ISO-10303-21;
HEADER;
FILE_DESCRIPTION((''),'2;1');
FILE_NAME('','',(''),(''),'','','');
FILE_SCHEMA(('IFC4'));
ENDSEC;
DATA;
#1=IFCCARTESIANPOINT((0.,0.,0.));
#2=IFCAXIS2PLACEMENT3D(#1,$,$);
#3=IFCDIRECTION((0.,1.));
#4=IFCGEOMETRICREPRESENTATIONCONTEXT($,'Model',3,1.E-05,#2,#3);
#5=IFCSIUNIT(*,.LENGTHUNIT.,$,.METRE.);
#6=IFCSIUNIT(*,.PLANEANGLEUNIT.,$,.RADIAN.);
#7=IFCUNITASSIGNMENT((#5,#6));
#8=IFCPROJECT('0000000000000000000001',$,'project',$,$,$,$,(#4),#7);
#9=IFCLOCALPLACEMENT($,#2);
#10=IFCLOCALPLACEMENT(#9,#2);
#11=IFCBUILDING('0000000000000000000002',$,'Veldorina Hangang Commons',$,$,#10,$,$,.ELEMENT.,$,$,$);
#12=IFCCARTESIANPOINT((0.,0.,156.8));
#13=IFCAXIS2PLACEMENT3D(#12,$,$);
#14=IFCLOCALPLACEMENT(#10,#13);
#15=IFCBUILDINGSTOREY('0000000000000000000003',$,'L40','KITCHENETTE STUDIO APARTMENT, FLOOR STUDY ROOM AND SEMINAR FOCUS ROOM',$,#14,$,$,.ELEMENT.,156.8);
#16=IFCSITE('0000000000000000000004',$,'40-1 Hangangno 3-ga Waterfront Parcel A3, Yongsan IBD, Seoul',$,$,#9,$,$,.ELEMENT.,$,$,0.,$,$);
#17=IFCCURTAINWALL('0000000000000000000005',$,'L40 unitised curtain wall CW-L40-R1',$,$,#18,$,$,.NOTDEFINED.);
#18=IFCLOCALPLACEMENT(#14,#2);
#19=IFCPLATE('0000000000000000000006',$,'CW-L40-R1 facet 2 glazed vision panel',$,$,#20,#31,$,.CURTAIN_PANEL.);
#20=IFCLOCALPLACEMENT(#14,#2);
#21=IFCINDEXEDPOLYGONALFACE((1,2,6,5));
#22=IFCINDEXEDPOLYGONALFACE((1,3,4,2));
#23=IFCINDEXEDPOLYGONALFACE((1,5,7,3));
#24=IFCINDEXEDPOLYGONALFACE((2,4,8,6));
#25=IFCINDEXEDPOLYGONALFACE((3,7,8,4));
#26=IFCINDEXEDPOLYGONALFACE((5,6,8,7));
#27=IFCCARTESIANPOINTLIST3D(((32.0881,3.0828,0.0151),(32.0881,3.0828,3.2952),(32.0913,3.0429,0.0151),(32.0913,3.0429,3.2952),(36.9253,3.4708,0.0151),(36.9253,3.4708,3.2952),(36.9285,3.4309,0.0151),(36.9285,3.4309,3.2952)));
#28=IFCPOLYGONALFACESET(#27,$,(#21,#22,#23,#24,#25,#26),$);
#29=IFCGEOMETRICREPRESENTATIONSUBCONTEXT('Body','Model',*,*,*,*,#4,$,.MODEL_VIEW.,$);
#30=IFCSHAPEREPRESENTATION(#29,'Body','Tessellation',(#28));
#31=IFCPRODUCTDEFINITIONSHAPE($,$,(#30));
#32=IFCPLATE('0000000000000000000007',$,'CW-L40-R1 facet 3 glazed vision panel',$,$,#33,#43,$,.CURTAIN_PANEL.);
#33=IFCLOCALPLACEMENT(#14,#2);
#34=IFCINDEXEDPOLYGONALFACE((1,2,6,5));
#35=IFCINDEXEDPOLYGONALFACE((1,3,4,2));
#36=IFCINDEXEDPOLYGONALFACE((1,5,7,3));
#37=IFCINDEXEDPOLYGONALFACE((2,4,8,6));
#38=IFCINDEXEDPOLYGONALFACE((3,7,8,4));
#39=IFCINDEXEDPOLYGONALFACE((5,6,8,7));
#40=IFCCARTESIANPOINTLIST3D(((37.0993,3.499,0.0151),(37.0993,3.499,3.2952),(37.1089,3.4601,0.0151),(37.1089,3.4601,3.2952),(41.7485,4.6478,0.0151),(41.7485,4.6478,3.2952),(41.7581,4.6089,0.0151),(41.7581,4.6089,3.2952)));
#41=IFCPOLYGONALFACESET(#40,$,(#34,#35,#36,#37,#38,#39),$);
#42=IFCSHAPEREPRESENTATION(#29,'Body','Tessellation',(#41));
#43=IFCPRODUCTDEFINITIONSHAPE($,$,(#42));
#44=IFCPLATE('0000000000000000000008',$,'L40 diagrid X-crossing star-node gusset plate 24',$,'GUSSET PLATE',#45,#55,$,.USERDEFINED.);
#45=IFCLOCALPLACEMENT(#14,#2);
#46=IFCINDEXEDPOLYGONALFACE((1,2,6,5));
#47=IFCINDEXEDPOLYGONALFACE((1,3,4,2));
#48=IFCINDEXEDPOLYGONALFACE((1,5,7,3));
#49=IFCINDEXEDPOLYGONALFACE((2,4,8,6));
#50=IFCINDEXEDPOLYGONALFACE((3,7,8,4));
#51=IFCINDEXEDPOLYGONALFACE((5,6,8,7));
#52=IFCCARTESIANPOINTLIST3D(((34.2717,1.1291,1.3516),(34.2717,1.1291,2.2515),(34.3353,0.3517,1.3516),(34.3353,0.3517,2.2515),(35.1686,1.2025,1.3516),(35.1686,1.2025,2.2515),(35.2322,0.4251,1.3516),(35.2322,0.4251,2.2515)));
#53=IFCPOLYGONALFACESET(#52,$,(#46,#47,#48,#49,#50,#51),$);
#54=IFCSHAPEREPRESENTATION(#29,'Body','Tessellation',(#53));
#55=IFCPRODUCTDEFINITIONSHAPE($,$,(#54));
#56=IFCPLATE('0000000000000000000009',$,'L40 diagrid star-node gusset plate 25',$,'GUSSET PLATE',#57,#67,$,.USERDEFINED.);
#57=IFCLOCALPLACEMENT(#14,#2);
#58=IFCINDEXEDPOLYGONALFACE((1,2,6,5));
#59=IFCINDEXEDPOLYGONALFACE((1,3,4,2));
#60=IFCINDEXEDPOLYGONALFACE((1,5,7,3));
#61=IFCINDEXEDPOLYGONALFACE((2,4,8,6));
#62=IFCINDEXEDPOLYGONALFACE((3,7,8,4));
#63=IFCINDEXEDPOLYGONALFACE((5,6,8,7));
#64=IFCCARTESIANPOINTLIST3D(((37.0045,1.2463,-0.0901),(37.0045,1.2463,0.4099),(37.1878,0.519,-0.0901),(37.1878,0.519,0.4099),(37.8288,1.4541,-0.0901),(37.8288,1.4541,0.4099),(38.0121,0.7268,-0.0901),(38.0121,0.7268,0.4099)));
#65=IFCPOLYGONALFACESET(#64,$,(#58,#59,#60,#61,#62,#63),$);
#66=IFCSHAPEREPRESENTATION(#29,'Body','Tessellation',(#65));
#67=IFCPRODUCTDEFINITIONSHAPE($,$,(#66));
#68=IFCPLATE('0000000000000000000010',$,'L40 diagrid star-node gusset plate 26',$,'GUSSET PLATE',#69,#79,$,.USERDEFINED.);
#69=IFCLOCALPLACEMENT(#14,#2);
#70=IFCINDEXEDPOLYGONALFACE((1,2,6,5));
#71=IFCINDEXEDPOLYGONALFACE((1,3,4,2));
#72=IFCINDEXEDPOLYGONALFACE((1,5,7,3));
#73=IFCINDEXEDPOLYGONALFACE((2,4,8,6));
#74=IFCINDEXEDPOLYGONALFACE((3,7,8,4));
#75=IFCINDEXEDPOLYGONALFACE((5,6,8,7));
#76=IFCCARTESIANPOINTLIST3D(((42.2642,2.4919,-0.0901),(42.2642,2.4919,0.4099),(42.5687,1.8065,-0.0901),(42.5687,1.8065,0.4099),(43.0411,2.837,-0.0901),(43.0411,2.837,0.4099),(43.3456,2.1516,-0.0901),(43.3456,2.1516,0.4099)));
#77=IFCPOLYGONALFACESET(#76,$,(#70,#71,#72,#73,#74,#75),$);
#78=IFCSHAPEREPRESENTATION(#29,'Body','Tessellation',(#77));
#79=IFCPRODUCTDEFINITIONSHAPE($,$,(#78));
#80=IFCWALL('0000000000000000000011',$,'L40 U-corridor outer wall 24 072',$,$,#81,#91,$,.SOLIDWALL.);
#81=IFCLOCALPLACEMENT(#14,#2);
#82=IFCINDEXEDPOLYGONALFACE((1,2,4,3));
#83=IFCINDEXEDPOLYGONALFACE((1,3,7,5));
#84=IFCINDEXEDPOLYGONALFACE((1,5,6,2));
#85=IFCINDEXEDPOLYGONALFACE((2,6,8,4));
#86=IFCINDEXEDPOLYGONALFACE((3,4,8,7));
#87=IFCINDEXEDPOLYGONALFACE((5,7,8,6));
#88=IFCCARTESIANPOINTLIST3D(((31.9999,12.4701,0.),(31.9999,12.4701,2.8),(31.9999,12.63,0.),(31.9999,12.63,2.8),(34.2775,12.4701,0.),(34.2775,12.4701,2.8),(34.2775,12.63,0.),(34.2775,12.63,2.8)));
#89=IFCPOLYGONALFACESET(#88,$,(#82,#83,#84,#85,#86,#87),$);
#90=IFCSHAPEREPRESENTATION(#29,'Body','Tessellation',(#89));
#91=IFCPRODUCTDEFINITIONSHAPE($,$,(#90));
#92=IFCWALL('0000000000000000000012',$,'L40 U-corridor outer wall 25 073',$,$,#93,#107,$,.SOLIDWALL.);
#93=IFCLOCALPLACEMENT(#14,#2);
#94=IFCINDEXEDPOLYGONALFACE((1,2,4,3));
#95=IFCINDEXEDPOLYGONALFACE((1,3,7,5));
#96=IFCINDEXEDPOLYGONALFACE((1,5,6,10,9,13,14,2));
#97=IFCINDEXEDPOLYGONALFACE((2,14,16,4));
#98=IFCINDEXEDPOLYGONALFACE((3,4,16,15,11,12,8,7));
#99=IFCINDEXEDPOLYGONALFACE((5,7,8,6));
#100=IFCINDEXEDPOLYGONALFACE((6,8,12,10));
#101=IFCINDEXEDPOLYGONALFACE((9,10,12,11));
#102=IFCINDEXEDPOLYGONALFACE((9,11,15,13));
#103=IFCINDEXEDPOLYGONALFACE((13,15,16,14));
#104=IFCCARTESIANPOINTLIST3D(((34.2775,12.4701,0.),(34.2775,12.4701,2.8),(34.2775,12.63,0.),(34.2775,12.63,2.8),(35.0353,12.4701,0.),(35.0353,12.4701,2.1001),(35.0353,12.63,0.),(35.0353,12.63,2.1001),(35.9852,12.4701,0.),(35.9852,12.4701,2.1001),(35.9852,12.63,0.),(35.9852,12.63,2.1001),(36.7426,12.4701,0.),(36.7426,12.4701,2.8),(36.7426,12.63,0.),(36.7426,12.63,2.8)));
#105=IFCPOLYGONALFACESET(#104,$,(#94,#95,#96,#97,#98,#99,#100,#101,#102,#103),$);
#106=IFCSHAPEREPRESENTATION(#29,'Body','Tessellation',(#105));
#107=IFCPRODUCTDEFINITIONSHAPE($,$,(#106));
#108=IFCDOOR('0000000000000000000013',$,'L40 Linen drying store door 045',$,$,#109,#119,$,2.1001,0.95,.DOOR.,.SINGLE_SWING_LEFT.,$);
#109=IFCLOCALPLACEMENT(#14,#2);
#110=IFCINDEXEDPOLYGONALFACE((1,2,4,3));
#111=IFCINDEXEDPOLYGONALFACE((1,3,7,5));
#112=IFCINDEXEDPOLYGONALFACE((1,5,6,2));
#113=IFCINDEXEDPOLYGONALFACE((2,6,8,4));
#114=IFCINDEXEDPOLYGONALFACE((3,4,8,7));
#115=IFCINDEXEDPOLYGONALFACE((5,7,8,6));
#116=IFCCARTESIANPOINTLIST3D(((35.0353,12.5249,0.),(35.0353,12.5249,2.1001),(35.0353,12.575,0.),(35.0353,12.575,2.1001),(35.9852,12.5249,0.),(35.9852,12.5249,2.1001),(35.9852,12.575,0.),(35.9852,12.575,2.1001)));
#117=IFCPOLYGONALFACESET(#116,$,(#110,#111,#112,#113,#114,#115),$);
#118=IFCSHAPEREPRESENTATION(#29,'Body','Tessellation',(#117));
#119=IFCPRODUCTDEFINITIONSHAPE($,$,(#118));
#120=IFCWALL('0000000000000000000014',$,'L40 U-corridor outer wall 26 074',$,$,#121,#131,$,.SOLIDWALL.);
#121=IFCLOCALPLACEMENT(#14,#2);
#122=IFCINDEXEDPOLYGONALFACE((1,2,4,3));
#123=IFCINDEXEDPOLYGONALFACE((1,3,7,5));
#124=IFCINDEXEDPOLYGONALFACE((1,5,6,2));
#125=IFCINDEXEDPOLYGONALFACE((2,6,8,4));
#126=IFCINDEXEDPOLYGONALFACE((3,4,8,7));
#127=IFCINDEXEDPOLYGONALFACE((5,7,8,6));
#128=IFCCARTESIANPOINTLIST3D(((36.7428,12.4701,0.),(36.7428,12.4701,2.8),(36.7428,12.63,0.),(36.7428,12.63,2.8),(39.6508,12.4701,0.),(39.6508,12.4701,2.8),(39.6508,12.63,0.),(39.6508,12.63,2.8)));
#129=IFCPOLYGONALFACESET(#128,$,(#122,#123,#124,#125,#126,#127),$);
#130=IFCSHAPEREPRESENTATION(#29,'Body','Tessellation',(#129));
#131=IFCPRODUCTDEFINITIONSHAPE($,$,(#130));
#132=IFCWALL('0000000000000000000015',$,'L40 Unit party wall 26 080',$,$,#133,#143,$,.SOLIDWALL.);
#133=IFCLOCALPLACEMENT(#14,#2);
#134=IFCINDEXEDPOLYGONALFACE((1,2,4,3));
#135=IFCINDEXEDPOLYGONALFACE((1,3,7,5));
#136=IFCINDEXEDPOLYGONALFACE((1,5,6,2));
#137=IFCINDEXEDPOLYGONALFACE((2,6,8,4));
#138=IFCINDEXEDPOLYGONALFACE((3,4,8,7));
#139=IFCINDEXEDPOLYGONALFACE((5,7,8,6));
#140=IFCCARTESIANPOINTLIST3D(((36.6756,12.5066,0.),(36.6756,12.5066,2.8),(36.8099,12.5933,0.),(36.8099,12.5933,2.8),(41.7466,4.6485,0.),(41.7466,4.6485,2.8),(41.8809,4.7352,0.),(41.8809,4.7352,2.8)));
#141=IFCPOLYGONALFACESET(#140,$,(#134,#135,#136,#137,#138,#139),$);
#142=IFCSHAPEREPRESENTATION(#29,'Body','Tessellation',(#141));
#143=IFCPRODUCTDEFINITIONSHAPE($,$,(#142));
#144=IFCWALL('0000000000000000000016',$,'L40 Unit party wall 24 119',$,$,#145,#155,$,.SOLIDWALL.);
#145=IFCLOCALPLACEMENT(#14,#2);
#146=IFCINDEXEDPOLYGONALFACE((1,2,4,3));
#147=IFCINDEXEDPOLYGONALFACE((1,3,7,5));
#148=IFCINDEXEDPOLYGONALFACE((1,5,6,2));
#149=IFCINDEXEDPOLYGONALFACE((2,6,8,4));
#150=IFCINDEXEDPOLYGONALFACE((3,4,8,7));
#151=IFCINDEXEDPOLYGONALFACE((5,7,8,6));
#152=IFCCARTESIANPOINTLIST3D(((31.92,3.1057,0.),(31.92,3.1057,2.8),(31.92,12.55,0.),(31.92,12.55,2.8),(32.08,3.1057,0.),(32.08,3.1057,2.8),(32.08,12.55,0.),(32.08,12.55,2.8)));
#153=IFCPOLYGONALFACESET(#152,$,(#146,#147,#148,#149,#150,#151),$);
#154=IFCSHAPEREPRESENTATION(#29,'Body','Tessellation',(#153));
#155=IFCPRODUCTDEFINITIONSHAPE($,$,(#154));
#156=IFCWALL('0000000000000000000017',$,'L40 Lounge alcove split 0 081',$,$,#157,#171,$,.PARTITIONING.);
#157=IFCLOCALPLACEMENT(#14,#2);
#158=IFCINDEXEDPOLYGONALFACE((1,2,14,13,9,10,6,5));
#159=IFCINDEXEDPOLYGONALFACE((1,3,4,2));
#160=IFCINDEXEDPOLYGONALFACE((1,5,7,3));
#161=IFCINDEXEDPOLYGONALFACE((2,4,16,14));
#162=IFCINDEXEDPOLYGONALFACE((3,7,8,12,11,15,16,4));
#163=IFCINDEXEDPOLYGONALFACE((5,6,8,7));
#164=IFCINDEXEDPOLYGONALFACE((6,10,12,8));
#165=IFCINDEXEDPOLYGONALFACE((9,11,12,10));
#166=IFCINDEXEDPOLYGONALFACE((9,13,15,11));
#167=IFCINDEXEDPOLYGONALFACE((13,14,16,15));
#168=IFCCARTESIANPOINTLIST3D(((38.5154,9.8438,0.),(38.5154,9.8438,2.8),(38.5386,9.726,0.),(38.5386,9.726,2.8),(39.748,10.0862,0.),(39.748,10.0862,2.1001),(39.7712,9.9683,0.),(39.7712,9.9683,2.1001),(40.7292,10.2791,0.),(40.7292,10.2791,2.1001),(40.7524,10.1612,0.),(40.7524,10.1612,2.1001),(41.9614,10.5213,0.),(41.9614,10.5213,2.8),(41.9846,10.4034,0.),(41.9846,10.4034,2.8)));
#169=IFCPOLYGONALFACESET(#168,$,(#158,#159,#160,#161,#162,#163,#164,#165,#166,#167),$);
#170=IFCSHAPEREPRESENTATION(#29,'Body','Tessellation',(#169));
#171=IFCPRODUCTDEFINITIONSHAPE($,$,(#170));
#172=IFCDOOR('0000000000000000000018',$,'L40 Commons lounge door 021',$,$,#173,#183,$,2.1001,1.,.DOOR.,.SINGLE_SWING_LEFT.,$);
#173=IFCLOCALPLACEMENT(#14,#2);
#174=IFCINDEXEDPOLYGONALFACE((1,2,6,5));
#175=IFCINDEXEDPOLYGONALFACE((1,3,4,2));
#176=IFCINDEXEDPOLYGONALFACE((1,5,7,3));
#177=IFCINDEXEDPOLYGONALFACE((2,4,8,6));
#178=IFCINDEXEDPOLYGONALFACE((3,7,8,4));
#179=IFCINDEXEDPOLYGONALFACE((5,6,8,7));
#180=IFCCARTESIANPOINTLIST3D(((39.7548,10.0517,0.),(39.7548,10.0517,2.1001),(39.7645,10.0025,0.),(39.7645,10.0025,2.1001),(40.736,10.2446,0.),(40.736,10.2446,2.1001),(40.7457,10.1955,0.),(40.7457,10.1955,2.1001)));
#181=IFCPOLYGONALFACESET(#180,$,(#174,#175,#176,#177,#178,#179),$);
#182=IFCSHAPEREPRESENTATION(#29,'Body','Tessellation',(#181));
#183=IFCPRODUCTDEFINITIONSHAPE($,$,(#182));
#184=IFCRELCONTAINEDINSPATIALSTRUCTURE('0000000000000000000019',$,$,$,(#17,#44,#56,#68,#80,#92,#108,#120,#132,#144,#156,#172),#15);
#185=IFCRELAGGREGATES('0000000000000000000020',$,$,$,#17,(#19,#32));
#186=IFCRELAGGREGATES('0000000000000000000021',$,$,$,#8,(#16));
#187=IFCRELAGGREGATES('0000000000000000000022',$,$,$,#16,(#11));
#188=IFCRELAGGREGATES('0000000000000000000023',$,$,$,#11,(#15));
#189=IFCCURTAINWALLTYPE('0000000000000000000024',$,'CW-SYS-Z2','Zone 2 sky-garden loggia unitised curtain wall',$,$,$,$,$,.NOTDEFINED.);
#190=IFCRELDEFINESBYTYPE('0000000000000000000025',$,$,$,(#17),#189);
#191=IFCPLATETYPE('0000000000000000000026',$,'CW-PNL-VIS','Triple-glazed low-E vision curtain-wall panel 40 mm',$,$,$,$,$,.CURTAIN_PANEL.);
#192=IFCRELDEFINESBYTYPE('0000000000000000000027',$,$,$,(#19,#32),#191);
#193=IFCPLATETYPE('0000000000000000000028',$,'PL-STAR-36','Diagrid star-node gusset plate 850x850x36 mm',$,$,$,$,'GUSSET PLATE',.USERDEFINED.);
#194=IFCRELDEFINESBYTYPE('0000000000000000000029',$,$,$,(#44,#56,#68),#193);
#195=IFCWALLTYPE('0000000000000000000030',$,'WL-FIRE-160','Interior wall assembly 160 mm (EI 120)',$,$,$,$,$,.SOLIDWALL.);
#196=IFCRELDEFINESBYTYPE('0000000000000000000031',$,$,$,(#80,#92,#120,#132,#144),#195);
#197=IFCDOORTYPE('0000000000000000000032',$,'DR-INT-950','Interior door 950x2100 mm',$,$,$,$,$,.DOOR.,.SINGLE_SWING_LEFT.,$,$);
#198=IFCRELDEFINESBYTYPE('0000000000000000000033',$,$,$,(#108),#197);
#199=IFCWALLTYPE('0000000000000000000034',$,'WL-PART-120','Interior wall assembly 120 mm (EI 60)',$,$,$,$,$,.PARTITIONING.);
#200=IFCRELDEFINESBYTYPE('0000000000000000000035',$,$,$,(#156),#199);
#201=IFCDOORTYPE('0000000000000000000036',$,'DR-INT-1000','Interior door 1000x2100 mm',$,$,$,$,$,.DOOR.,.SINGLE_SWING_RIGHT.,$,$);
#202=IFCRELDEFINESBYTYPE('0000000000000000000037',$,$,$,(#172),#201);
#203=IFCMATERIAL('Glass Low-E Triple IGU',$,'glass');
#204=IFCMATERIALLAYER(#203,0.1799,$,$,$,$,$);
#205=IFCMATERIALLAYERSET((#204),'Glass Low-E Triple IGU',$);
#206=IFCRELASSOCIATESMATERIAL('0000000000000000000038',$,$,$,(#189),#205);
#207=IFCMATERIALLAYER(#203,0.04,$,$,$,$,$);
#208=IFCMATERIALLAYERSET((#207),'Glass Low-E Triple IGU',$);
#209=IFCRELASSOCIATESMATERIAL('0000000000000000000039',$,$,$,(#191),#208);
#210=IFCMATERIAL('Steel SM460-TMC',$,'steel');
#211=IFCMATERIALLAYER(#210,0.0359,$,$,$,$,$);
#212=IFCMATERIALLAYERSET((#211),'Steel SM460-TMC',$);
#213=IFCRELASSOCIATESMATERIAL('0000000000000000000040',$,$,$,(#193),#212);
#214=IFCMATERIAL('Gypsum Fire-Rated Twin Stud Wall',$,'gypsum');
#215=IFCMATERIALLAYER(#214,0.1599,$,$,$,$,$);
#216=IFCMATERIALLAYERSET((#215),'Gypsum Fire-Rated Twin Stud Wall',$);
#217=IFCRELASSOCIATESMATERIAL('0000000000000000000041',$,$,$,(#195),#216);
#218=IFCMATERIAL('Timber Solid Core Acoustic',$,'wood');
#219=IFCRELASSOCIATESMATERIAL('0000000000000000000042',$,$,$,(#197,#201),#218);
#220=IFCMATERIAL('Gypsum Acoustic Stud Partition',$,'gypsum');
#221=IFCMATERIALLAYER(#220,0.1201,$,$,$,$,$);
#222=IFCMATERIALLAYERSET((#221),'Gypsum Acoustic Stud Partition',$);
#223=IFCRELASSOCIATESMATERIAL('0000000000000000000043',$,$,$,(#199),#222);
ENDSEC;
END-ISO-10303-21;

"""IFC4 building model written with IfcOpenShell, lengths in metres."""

from ifc_helpers import new_model, si_unit, direction, frame, frame_2d, origin, origin_2d, place, context, subcontext, project, spatial, rectangle, extrude, material, layer, layer_set, type_object, element, fill, aggregate, save


model = new_model("IFC4")

# Units and contexts
model_context = context("Model", 3, precision=1e-05, world=origin(), true_north=direction((0.0, 1.0)))
body_context = subcontext(model_context, "Body", "Model", "MODEL_VIEW")
ifc_project = project(units=[si_unit("LENGTHUNIT", "METRE"), si_unit("PLANEANGLEUNIT", "RADIAN")], contexts=[model_context])

# Site, building, storey
site_placement = place(None, origin())
site = spatial("IfcSite", under=ifc_project, at=site_placement, Name="40-1 Hangangno 3-ga Waterfront Parcel A3, Yongsan IBD, Seoul", CompositionType="ELEMENT", RefElevation=0.0)
building_placement = place(site_placement, origin())
building = spatial("IfcBuilding", under=site, at=building_placement, Name="Veldorina Hangang Commons", CompositionType="ELEMENT")
storey_placement = place(building_placement, frame((0.0, 0.0, 156.8)))
storey = spatial("IfcBuildingStorey", under=building, at=storey_placement, Name="L40", Description="KITCHENETTE STUDIO APARTMENT, FLOOR STUDY ROOM AND SEMINAR FOCUS ROOM", CompositionType="ELEMENT", Elevation=156.8)

# Curtain wall
ifc_material_1 = material(Name="Glass Low-E Triple IGU", Category="glass")
ifc_layer_1 = layer(ifc_material_1, 0.1799)
ifc_layer_set_1 = layer_set([ifc_layer_1], Name="Glass Low-E Triple IGU")
curtain_wall_type = type_object("IfcCurtainWallType", Name="CW-SYS-Z2", Description="Zone 2 sky-garden loggia unitised curtain wall", PredefinedType="NOTDEFINED", material=ifc_layer_set_1)
curtain_wall_placement = place(storey_placement, origin())
curtain_wall = element("IfcCurtainWall", 1, at=curtain_wall_placement, inside=storey, type_object=curtain_wall_type, Name="L40 unitised curtain wall CW-L40-R1", PredefinedType="NOTDEFINED")

# Plates
ifc_layer_2 = layer(ifc_material_1, 0.04)
ifc_layer_set_2 = layer_set([ifc_layer_2], Name="Glass Low-E Triple IGU")
plate_type_1 = type_object("IfcPlateType", Name="CW-PNL-VIS", Description="Triple-glazed low-E vision curtain-wall panel 40 mm", PredefinedType="CURTAIN_PANEL", material=ifc_layer_set_2)
plate_1_placement = place(storey_placement, frame((34.5083, 3.2568, 0.0151), z_axis=(0.0, 0.0, 1.0), x_axis=(0.996798, 0.079955, 0.0)))
plate_1 = element("IfcPlate", 2, at=plate_1_placement, type_object=plate_type_1, Name="CW-L40-R1 facet 2 glazed vision panel", PredefinedType="CURTAIN_PANEL", context=body_context, shape_type="SweptSolid", body=[
    extrude(rectangle(XDim=4.8528, YDim=0.04, at=origin_2d()), origin(), (0.0, 0.0, 1.0), 3.28),
])
plate_2_placement = place(storey_placement, frame((39.4287, 4.054, 0.0151), z_axis=(0.0, 0.0, 1.0), x_axis=(0.970804, 0.239872, 0.0)))
plate_2 = element("IfcPlate", 3, at=plate_2_placement, type_object=plate_type_1, Name="CW-L40-R1 facet 3 glazed vision panel", PredefinedType="CURTAIN_PANEL", context=body_context, shape_type="SweptSolid", body=[
    extrude(rectangle(XDim=4.7891, YDim=0.04, at=origin_2d()), origin(), (0.0, 0.0, 1.0), 3.28),
])
aggregate(curtain_wall, [plate_1, plate_2])

# Plates
ifc_material_2 = material(Name="Steel SM460-TMC", Category="steel")
ifc_layer_3 = layer(ifc_material_2, 0.0359)
ifc_layer_set_3 = layer_set([ifc_layer_3], Name="Steel SM460-TMC")
plate_type_2 = type_object("IfcPlateType", Name="PL-STAR-36", Description="Diagrid star-node gusset plate 850x850x36 mm", ElementType="GUSSET PLATE", PredefinedType="USERDEFINED", material=ifc_layer_set_3)
plate_3_placement = place(storey_placement, frame((34.752, 0.7771, 1.3516), z_axis=(0.0, 0.0, 1.0), x_axis=(0.996666, 0.081591, 0.0)))
element("IfcPlate", 4, at=plate_3_placement, inside=storey, type_object=plate_type_2, Name="L40 diagrid X-crossing star-node gusset plate 24", ObjectType="GUSSET PLATE", PredefinedType="USERDEFINED", context=body_context, shape_type="SweptSolid", body=[
    extrude(rectangle(XDim=0.8999, YDim=0.78, at=origin_2d()), origin(), (0.0, 0.0, 1.0), 0.8999),
])
for number, where, z_axis, x_axis, name in (
    (5, (37.5083, 0.9866, -0.0901), (0.0, 0.0, 1.0), (0.969663, 0.244444, 0.0), "L40 diagrid star-node gusset plate 25"),
    (6, (42.8049, 2.3218, -0.0901), (0.0, 0.0, 1.0), (0.913893, 0.405955, 0.0), "L40 diagrid star-node gusset plate 26"),
):
    element("IfcPlate", number, at=place(storey_placement, frame(where, z_axis=z_axis, x_axis=x_axis)), inside=storey, type_object=plate_type_2, Name=name, ObjectType="GUSSET PLATE", PredefinedType="USERDEFINED", context=body_context, shape_type="SweptSolid", body=[
        extrude(rectangle(XDim=0.8501, YDim=0.75, at=origin_2d()), origin(), (0.0, 0.0, 1.0), 0.5),
    ])

# Wall
ifc_material_3 = material(Name="Gypsum Fire-Rated Twin Stud Wall", Category="gypsum")
ifc_layer_4 = layer(ifc_material_3, 0.1599)
ifc_layer_set_4 = layer_set([ifc_layer_4], Name="Gypsum Fire-Rated Twin Stud Wall")
wall_type_1 = type_object("IfcWallType", Name="WL-FIRE-160", Description="Interior wall assembly 160 mm (EI 120)", PredefinedType="SOLIDWALL", material=ifc_layer_set_4)
wall_1_placement = place(storey_placement, frame((32.0, 12.55, 0.0), z_axis=(0.0, 0.0, 1.0), x_axis=(1.0, 0.0, 0.0)))
element("IfcWall", 7, at=wall_1_placement, inside=storey, type_object=wall_type_1, Name="L40 U-corridor outer wall 24 072", PredefinedType="SOLIDWALL", context=body_context, shape_type="SweptSolid", body=[
    extrude(rectangle(XDim=2.2776, YDim=0.1599, at=frame_2d((1.1387, 0.0))), origin(), (0.0, 0.0, 1.0), 2.8),
])

# Wall, opening, door
wall_2_placement = place(storey_placement, frame((34.2776, 12.55, 0.0), z_axis=(0.0, 0.0, 1.0), x_axis=(1.0, 0.0, 0.0)))
wall_2 = element("IfcWall", 8, at=wall_2_placement, inside=storey, type_object=wall_type_1, Name="L40 U-corridor outer wall 25 073", PredefinedType="SOLIDWALL", context=body_context, shape_type="SweptSolid", body=[
    extrude(rectangle(XDim=2.4651, YDim=0.1599, at=frame_2d((1.2324, 0.0))), origin(), (0.0, 0.0, 1.0), 2.8),
])
opening_1_placement = place(wall_2_placement, frame((0.7576, 0.0, 0.0)))
opening_1 = element("IfcOpeningElement", 9, at=opening_1_placement, cuts=wall_2, PredefinedType="OPENING", context=body_context, shape_type="SweptSolid", body=[
    extrude(rectangle(XDim=0.95, YDim=2.1001, at=frame_2d((0.4751, 1.05))), frame((0.0, 0.0898, 0.0), z_axis=(0.0, -1.0, 0.0), x_axis=(1.0, 0.0, 0.0)), (0.0, 0.0, 1.0), 0.1799),
])
ifc_material_4 = material(Name="Timber Solid Core Acoustic", Category="wood")
door_type_1 = type_object("IfcDoorType", Name="DR-INT-950", Description="Interior door 950x2100 mm", OperationType="SINGLE_SWING_LEFT", PredefinedType="DOOR", material=ifc_material_4)
door_1_placement = place(opening_1_placement, origin())
door_1 = element("IfcDoor", 10, at=door_1_placement, inside=storey, type_object=door_type_1, Name="L40 Linen drying store door 045", OperationType="SINGLE_SWING_LEFT", OverallHeight=2.1001, OverallWidth=0.95, PredefinedType="DOOR", context=body_context, shape_type="SweptSolid", body=[
    extrude(rectangle(XDim=0.95, YDim=2.1001, at=frame_2d((0.4751, 1.05))), frame((0.0, 0.0249, 0.0), z_axis=(0.0, -1.0, 0.0), x_axis=(1.0, 0.0, 0.0)), (0.0, 0.0, 1.0), 0.05),
])
fill(opening_1, door_1)

# Walls
wall_3_placement = place(storey_placement, frame((36.7427, 12.55, 0.0), z_axis=(0.0, 0.0, 1.0), x_axis=(1.0, 0.0, 0.0)))
element("IfcWall", 11, at=wall_3_placement, inside=storey, type_object=wall_type_1, Name="L40 U-corridor outer wall 26 074", PredefinedType="SOLIDWALL", context=body_context, shape_type="SweptSolid", body=[
    extrude(rectangle(XDim=2.908, YDim=0.1599, at=frame_2d((1.4541, 0.0))), origin(), (0.0, 0.0, 1.0), 2.8),
])
wall_4_placement = place(storey_placement, frame((36.7427, 12.55, 0.0), z_axis=(0.0, 0.0, 1.0), x_axis=(0.542223, -0.840235, 0.0)))
element("IfcWall", 12, at=wall_4_placement, inside=storey, type_object=wall_type_1, Name="L40 Unit party wall 26 080", PredefinedType="SOLIDWALL", context=body_context, shape_type="SweptSolid", body=[
    extrude(rectangle(XDim=9.3523, YDim=0.1599, at=frame_2d((4.6763, 0.0))), origin(), (0.0, 0.0, 1.0), 2.8),
])
wall_5_placement = place(storey_placement, frame((32.0, 12.55, 0.0), z_axis=(0.0, 0.0, 1.0), x_axis=(0.0, -1.0, 0.0)))
element("IfcWall", 13, at=wall_5_placement, inside=storey, type_object=wall_type_1, Name="L40 Unit party wall 24 119", PredefinedType="SOLIDWALL", context=body_context, shape_type="SweptSolid", body=[
    extrude(rectangle(XDim=9.4443, YDim=0.1599, at=frame_2d((4.7222, 0.0))), origin(), (0.0, 0.0, 1.0), 2.8),
])

# Wall, opening, door
ifc_material_5 = material(Name="Gypsum Acoustic Stud Partition", Category="gypsum")
ifc_layer_5 = layer(ifc_material_5, 0.1201)
ifc_layer_set_5 = layer_set([ifc_layer_5], Name="Gypsum Acoustic Stud Partition")
wall_type_2 = type_object("IfcWallType", Name="WL-PART-120", Description="Interior wall assembly 120 mm (EI 60)", PredefinedType="PARTITIONING", material=ifc_layer_set_5)
wall_6_placement = place(storey_placement, frame((38.5271, 9.7849, 0.0), z_axis=(0.0, 0.0, 1.0), x_axis=(0.981217, 0.192907, 0.0)))
wall_6 = element("IfcWall", 14, at=wall_6_placement, inside=storey, type_object=wall_type_2, Name="L40 Lounge alcove split 0 081", PredefinedType="PARTITIONING", context=body_context, shape_type="SweptSolid", body=[
    extrude(rectangle(XDim=3.512, YDim=0.1201, at=frame_2d((1.7559, 0.0))), origin(), (0.0, 0.0, 1.0), 2.8),
])
opening_2_placement = place(wall_6_placement, frame((1.2561, 0.0, 0.0)))
opening_2 = element("IfcOpeningElement", 15, at=opening_2_placement, cuts=wall_6, PredefinedType="OPENING", context=body_context, shape_type="SweptSolid", body=[
    extrude(rectangle(XDim=1.0, YDim=2.1001, at=frame_2d((0.5, 1.05))), frame((0.0, 0.0701, 0.0), z_axis=(0.0, -1.0, 0.0), x_axis=(1.0, 0.0, 0.0)), (0.0, 0.0, 1.0), 0.1401),
])
door_type_2 = type_object("IfcDoorType", Name="DR-INT-1000", Description="Interior door 1000x2100 mm", OperationType="SINGLE_SWING_RIGHT", PredefinedType="DOOR", material=ifc_material_4)
door_2_placement = place(opening_2_placement, origin())
door_2 = element("IfcDoor", 16, at=door_2_placement, inside=storey, type_object=door_type_2, Name="L40 Commons lounge door 021", OperationType="SINGLE_SWING_LEFT", OverallHeight=2.1001, OverallWidth=1.0, PredefinedType="DOOR", context=body_context, shape_type="SweptSolid", body=[
    extrude(rectangle(XDim=1.0, YDim=2.1001, at=frame_2d((0.5, 1.05))), frame((0.0, 0.0249, 0.0), z_axis=(0.0, -1.0, 0.0), x_axis=(1.0, 0.0, 0.0)), (0.0, 0.0, 1.0), 0.05),
])
fill(opening_2, door_2)

save(model, "model.ifc")
